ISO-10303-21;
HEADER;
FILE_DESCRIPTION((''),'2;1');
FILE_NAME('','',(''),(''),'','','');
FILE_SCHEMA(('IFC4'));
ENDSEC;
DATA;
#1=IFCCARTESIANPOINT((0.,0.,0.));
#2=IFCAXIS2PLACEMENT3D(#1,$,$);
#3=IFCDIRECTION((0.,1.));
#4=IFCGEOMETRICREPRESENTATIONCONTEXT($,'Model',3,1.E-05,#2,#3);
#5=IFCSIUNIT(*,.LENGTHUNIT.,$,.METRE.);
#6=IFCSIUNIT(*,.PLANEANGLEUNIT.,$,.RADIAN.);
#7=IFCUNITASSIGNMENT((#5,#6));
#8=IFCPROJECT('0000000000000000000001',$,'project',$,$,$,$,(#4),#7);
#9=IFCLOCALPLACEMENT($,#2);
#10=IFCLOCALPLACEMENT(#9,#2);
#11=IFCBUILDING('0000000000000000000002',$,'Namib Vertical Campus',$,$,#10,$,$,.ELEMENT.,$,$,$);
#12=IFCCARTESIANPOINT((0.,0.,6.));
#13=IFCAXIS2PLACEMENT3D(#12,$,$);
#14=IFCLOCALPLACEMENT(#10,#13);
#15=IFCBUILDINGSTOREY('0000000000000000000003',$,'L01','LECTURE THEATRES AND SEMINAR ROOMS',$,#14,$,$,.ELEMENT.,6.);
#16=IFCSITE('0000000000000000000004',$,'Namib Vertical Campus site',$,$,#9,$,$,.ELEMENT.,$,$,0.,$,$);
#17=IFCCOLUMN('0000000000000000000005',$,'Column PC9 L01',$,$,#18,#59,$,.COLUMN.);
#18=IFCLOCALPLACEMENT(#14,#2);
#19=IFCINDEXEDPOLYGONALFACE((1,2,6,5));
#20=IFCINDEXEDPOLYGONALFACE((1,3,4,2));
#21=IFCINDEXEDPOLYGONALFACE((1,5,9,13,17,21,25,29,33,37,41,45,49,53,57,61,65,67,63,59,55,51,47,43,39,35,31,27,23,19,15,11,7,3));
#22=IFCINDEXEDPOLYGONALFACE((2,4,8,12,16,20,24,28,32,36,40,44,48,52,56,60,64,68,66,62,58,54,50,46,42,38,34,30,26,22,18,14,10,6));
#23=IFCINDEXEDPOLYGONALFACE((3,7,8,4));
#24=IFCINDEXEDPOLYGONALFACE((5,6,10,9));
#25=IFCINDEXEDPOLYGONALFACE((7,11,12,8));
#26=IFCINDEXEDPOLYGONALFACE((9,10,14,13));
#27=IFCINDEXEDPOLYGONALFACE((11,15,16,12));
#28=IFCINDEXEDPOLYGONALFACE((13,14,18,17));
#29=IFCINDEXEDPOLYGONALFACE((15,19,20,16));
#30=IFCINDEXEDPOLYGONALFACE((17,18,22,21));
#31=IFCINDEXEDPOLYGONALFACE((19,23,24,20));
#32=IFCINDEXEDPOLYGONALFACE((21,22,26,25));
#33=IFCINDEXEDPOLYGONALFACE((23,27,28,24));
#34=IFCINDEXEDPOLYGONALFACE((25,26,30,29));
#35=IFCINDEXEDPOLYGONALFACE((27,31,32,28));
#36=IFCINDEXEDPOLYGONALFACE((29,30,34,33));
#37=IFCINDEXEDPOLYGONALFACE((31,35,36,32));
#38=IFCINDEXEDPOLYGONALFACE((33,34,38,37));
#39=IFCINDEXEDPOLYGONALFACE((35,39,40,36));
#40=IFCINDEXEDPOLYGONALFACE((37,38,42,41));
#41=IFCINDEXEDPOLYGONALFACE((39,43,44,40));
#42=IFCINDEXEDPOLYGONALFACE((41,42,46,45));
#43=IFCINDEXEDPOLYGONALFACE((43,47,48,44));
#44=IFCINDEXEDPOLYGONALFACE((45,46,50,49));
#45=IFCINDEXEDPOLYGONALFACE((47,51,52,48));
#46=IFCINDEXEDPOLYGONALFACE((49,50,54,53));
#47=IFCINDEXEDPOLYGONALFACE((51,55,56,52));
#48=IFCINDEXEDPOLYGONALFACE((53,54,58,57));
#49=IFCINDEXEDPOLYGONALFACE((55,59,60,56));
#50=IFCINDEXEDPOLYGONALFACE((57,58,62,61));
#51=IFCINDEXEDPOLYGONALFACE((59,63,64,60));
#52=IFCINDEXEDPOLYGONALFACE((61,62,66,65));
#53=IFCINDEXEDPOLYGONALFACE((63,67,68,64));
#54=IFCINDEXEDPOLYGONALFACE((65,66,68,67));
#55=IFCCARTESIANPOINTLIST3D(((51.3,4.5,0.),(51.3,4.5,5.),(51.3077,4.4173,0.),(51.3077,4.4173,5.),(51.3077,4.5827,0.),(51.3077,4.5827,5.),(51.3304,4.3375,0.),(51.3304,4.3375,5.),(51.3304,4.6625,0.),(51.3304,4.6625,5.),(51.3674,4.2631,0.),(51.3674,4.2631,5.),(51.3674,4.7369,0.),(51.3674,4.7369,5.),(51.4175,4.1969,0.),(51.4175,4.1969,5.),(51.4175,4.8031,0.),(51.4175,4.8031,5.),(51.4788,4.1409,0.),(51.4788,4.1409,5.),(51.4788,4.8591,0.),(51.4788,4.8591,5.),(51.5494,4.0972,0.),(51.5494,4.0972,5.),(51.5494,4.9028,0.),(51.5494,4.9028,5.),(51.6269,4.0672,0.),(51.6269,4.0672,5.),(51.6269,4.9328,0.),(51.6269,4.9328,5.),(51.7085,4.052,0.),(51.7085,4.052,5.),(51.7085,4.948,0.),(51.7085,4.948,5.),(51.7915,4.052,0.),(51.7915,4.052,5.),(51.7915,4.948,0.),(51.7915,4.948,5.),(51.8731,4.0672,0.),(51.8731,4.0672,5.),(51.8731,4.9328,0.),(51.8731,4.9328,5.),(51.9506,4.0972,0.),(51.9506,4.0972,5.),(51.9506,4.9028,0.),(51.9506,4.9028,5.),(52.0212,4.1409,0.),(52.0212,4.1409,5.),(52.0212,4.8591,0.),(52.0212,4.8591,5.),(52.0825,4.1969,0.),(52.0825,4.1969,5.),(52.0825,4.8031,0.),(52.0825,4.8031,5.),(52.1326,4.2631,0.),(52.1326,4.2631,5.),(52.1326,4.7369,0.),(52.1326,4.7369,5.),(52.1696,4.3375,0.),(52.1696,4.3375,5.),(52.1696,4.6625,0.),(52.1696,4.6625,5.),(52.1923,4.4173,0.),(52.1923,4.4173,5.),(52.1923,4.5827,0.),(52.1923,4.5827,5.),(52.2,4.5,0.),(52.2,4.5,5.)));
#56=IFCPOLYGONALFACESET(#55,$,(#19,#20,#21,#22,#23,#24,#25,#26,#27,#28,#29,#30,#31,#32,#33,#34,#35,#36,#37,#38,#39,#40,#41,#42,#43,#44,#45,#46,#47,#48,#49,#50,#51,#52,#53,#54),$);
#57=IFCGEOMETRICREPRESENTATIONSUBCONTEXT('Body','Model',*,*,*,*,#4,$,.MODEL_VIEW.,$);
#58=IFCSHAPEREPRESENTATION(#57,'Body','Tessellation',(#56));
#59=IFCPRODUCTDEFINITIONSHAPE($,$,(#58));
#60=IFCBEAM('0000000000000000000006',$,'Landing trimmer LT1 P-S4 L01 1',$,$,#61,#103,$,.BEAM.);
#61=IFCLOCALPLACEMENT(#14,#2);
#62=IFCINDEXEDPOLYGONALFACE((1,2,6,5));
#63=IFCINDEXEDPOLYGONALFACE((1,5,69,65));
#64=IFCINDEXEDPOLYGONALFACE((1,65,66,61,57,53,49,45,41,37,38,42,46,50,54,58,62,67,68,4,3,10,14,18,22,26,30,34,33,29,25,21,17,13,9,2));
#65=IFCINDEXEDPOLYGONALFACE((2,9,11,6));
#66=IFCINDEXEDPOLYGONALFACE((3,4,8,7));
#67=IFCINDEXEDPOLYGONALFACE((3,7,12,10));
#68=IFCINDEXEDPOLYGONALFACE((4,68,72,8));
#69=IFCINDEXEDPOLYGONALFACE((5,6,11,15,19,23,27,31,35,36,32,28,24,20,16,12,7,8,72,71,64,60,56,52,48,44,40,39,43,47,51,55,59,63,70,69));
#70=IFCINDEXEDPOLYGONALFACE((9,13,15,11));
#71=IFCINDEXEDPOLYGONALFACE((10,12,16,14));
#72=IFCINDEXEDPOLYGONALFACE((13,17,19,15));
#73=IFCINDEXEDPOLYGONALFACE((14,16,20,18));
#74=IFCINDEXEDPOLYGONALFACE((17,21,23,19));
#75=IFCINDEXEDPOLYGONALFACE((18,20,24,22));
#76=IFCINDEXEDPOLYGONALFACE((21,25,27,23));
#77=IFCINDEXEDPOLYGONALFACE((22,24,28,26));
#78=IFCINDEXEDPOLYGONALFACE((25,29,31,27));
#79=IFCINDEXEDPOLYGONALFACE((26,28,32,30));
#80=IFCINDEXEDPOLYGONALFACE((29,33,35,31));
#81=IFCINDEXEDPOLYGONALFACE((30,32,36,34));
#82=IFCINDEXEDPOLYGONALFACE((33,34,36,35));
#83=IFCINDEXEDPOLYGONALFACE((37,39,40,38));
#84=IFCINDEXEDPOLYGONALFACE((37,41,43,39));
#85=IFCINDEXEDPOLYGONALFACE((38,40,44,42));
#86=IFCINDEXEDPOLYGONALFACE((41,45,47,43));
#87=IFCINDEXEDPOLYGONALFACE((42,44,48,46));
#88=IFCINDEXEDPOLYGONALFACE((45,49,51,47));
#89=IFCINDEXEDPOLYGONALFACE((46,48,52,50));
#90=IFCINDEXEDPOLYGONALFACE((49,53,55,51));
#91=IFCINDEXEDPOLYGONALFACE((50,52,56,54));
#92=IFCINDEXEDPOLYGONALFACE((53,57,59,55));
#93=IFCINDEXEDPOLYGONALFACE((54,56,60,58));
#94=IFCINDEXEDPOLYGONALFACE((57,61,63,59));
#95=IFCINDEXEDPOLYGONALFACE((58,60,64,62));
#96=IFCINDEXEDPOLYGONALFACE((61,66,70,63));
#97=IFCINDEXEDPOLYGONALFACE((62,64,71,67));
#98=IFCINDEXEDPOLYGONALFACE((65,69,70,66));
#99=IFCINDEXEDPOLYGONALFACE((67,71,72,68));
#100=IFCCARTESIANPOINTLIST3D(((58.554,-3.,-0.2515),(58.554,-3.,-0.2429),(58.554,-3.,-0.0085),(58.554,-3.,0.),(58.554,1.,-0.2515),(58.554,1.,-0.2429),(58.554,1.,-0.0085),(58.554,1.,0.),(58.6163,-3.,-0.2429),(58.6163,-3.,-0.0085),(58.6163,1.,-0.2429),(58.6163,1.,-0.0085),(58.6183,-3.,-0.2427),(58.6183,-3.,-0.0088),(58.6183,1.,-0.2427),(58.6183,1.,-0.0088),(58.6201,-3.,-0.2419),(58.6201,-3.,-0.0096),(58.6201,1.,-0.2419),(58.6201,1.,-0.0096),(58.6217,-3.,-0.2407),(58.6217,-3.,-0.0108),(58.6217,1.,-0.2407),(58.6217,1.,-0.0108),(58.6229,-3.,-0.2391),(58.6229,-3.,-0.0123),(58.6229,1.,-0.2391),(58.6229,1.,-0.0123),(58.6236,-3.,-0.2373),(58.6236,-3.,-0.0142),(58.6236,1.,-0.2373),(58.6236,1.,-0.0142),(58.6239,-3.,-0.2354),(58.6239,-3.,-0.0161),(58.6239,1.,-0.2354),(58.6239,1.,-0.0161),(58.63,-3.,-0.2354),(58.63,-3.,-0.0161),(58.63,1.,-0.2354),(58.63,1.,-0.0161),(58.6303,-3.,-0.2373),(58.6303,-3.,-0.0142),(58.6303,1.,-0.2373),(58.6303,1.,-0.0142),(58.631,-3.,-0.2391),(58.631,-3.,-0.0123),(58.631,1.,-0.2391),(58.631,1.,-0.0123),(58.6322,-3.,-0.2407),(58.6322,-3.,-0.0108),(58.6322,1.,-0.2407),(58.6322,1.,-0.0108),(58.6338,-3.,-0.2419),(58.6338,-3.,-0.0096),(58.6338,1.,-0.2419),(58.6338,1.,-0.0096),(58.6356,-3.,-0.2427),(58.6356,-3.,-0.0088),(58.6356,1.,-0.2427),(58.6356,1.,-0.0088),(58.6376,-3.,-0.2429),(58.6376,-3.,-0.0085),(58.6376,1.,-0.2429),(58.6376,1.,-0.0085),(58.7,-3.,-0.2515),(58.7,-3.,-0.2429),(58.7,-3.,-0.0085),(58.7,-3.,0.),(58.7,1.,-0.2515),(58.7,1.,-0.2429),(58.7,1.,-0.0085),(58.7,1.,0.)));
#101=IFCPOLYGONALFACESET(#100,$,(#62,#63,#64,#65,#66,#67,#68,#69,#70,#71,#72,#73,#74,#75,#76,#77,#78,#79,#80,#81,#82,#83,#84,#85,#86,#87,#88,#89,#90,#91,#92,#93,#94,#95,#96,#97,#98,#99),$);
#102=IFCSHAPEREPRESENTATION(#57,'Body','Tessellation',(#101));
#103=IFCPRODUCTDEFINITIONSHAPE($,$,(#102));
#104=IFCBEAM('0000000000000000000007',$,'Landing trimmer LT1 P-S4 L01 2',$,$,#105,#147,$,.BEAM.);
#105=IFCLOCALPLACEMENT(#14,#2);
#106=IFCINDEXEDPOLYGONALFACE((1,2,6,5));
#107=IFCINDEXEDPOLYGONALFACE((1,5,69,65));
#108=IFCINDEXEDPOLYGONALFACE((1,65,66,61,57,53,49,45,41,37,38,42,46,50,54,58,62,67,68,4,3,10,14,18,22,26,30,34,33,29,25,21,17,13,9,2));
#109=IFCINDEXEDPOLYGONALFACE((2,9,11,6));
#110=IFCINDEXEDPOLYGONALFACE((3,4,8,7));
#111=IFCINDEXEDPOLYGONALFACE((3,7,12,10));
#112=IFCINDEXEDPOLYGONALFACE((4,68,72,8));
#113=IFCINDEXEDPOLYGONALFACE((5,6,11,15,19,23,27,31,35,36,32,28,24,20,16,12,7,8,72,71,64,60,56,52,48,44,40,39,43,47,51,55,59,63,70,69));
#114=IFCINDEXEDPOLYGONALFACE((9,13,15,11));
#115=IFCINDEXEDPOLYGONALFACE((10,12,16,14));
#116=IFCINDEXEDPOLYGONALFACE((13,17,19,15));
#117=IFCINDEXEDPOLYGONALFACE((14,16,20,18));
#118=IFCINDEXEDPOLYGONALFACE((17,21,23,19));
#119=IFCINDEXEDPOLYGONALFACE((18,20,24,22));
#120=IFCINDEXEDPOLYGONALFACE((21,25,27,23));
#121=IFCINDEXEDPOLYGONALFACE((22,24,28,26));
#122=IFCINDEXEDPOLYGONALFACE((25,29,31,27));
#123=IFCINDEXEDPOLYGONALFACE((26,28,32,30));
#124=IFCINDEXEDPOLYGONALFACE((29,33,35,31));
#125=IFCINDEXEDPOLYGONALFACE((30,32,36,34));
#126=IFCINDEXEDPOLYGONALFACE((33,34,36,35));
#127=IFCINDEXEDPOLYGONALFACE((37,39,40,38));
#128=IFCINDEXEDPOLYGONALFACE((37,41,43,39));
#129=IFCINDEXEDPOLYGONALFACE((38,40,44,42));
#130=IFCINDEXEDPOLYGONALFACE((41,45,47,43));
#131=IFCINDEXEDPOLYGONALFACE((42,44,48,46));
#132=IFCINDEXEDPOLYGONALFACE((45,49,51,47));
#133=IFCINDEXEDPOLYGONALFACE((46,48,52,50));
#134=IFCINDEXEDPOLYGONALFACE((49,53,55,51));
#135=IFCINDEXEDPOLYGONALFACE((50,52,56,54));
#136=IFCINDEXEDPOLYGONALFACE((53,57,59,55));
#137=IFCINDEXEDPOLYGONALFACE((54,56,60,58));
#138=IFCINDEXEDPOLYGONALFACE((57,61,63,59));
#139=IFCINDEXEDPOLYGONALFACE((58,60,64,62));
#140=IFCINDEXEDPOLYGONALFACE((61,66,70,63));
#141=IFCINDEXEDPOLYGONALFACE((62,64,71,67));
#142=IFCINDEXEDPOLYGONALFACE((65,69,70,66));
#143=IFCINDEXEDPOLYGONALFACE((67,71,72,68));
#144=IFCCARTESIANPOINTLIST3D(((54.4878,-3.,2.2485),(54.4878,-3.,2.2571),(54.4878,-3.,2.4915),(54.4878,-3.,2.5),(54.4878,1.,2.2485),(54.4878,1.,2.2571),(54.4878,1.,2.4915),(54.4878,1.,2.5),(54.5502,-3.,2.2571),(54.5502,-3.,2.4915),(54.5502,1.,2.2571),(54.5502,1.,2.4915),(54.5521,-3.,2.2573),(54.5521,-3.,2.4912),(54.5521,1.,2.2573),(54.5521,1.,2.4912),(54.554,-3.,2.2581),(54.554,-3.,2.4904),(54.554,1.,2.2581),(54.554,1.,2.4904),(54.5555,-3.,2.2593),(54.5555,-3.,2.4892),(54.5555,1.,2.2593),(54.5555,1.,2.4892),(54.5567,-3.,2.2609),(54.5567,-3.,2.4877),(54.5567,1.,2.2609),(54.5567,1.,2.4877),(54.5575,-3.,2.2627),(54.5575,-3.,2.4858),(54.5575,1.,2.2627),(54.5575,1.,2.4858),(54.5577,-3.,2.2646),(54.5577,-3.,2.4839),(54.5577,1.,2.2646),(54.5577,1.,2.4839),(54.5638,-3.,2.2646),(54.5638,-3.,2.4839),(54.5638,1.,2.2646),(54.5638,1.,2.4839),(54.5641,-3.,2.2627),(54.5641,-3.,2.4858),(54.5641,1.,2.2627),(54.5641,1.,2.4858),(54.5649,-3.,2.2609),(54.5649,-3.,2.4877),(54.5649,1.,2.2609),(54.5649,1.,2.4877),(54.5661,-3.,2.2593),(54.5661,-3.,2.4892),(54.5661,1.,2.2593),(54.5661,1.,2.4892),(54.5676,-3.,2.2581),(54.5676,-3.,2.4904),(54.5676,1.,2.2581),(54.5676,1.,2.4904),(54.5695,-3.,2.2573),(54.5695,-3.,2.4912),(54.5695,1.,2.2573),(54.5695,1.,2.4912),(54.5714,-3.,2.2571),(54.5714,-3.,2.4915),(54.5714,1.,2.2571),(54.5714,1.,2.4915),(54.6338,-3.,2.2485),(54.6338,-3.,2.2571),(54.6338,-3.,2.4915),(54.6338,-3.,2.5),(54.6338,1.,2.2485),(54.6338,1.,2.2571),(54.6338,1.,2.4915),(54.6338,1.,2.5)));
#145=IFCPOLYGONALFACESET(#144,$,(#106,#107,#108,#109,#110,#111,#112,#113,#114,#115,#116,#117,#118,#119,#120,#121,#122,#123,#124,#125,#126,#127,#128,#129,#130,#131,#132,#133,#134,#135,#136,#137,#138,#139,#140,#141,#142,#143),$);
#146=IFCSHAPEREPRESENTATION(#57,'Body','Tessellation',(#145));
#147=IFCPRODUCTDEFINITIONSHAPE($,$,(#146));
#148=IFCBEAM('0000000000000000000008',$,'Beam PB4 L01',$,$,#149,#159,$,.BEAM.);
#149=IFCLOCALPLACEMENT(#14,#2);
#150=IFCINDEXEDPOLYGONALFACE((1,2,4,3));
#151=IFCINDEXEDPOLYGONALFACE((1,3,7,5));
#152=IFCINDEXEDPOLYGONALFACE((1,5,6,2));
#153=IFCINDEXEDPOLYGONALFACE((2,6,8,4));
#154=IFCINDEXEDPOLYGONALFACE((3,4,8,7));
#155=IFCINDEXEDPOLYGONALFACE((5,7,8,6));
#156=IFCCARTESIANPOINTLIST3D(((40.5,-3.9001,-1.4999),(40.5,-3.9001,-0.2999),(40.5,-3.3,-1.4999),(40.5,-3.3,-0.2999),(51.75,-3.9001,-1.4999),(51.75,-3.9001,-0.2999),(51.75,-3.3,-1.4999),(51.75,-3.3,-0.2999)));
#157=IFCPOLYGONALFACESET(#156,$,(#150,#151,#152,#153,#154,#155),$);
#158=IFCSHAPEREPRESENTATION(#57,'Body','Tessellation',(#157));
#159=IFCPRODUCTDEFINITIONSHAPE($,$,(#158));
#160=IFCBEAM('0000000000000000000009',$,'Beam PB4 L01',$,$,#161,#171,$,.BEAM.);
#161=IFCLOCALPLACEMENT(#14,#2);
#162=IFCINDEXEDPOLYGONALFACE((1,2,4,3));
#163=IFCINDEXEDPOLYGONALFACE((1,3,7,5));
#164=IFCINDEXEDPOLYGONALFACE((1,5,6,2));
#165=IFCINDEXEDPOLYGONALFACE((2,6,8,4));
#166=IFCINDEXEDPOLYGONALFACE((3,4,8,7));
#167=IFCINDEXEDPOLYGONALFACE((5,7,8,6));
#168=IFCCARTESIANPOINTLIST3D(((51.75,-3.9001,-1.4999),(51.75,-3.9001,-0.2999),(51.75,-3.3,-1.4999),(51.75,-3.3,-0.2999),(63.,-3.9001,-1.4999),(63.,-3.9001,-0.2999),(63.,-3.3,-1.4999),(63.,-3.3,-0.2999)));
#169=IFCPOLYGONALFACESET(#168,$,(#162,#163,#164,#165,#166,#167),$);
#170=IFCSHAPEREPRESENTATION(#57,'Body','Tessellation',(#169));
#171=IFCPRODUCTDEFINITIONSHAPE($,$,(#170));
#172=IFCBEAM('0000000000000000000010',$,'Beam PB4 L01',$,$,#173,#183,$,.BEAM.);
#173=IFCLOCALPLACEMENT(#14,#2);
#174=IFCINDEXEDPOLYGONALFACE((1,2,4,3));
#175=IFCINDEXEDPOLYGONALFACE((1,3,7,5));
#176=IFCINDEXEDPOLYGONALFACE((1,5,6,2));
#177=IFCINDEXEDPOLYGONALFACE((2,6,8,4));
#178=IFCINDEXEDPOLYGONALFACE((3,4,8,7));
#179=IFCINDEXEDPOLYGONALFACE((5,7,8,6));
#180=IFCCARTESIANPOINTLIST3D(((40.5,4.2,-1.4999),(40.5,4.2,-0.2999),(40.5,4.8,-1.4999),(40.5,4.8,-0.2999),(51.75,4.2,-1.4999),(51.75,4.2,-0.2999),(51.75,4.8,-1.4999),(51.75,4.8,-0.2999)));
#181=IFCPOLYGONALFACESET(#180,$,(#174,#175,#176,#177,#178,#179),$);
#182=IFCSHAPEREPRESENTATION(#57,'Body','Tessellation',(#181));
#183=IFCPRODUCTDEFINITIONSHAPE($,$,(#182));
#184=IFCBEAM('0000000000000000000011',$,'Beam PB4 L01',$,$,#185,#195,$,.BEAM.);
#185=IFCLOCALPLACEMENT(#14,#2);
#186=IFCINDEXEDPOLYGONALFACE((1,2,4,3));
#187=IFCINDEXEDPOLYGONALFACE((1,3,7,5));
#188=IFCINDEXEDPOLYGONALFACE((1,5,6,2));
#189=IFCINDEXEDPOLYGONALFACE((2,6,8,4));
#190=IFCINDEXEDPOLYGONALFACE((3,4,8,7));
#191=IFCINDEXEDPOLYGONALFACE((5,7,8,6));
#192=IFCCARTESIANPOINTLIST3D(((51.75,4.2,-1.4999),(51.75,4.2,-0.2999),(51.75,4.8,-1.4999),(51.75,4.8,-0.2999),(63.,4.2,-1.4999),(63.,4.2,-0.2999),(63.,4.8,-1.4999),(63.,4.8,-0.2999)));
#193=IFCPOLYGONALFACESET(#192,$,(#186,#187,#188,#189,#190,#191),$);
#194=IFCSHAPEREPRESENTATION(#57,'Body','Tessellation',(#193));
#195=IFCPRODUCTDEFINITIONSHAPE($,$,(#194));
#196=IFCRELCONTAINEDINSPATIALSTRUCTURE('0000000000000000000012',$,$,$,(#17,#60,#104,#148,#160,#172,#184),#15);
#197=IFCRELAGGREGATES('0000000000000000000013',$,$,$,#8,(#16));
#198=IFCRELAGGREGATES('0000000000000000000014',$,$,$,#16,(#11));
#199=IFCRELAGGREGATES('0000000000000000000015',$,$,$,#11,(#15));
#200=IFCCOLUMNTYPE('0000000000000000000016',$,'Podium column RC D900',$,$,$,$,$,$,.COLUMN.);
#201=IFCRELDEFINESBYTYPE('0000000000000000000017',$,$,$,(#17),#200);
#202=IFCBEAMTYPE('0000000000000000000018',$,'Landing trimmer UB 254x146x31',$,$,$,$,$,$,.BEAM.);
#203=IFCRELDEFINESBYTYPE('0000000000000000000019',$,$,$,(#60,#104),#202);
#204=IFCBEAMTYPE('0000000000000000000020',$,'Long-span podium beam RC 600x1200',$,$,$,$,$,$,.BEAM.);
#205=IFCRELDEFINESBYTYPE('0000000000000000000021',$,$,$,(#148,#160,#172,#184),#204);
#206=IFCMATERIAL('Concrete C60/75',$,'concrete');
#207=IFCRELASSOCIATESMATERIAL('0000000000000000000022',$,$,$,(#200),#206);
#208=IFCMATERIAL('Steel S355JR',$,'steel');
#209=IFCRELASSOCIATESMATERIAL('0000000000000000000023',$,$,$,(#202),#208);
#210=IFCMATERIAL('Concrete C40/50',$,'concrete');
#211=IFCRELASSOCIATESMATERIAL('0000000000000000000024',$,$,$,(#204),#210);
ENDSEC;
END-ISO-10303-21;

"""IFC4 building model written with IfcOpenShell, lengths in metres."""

from ifc_helpers import new_model, si_unit, direction, frame, origin, origin_2d, place, context, subcontext, project, spatial, rectangle, circle, i_section, extrude, material, material_profile, profile_set, type_object, element, save


model = new_model("IFC4")

# Units and contexts
model_context = context("Model", 3, precision=1e-05, world=origin(), true_north=direction((0.0, 1.0)))
body_context = subcontext(model_context, "Body", "Model", "MODEL_VIEW")
ifc_project = project(units=[si_unit("LENGTHUNIT", "METRE"), si_unit("PLANEANGLEUNIT", "RADIAN")], contexts=[model_context])

# Site, building, storey
site_placement = place(None, origin())
site = spatial("IfcSite", under=ifc_project, at=site_placement, Name="Namib Vertical Campus site", CompositionType="ELEMENT", RefElevation=0.0)
building_placement = place(site_placement, origin())
building = spatial("IfcBuilding", under=site, at=building_placement, Name="Namib Vertical Campus", CompositionType="ELEMENT")
storey_placement = place(building_placement, frame((0.0, 0.0, 6.0)))
storey = spatial("IfcBuildingStorey", under=building, at=storey_placement, Name="L01", Description="LECTURE THEATRES AND SEMINAR ROOMS", CompositionType="ELEMENT", Elevation=6.0)

# Column
ifc_material_1 = material(Name="Concrete C60/75", Category="concrete")
ifc_material_profile_1 = material_profile(ifc_material_1, circle(Radius=0.45, at=origin_2d()))
ifc_profile_set_1 = profile_set([ifc_material_profile_1], Name="Concrete C60/75")
column_type_1 = type_object("IfcColumnType", Name="Podium column RC D900", PredefinedType="COLUMN", material=ifc_profile_set_1)
for number, where, z_axis, x_axis, name in (
    (1, (51.75, 4.5, 0.0), (0.0, 0.0, 1.0), (1.0, 0.0, 0.0), "Column PC9 L01"),
):
    element("IfcColumn", number, at=place(storey_placement, frame(where, z_axis=z_axis, x_axis=x_axis)), inside=storey, type_object=column_type_1, Name=name, PredefinedType="COLUMN", context=body_context, shape_type="SweptSolid", body=[
        extrude(circle(Radius=0.45, at=origin_2d()), origin(), (0.0, 0.0, 1.0), 5.0),
    ])

# Beams
ifc_material_2 = material(Name="Steel S355JR", Category="steel")
ifc_material_profile_2 = material_profile(ifc_material_2, i_section(OverallWidth=0.146, OverallDepth=0.2515, WebThickness=0.0061, FlangeThickness=0.0085, FilletRadius=0.0076, at=origin_2d()))
ifc_profile_set_2 = profile_set([ifc_material_profile_2], Name="Steel S355JR")
beam_type_1 = type_object("IfcBeamType", Name="Landing trimmer UB 254x146x31", PredefinedType="BEAM", material=ifc_profile_set_2)
for number, where, z_axis, x_axis, name in (
    (2, (58.627, -3.0, -0.1257), (0.0, 1.0, 0.0), (-1.0, 0.0, 0.0), "Landing trimmer LT1 P-S4 L01 1"),
    (3, (54.5608, -3.0, 2.3743), (0.0, 1.0, 0.0), (-1.0, 0.0, 0.0), "Landing trimmer LT1 P-S4 L01 2"),
):
    element("IfcBeam", number, at=place(storey_placement, frame(where, z_axis=z_axis, x_axis=x_axis)), inside=storey, type_object=beam_type_1, Name=name, PredefinedType="BEAM", context=body_context, shape_type="SweptSolid", body=[
        extrude(i_section(OverallWidth=0.146, OverallDepth=0.2515, WebThickness=0.0061, FlangeThickness=0.0085, FilletRadius=0.0076, at=origin_2d()), origin(), (0.0, 0.0, 1.0), 4.0),
    ])
ifc_material_3 = material(Name="Concrete C40/50", Category="concrete")
ifc_material_profile_3 = material_profile(ifc_material_3, rectangle(XDim=0.6001, YDim=1.2, at=origin_2d()))
ifc_profile_set_3 = profile_set([ifc_material_profile_3], Name="Concrete C40/50")
beam_type_2 = type_object("IfcBeamType", Name="Long-span podium beam RC 600x1200", PredefinedType="BEAM", material=ifc_profile_set_3)
for number, where, z_axis, x_axis, name in (
    (4, (40.5, -3.6001, -0.8999), (1.0, 0.0, 0.0), (0.0, 1.0, 0.0), "Beam PB4 L01"),
    (5, (51.75, -3.6001, -0.8999), (1.0, 0.0, 0.0), (0.0, 1.0, 0.0), "Beam PB4 L01"),
    (6, (40.5, 4.5, -0.8999), (1.0, 0.0, 0.0), (0.0, 1.0, 0.0), "Beam PB4 L01"),
    (7, (51.75, 4.5, -0.8999), (1.0, 0.0, 0.0), (0.0, 1.0, 0.0), "Beam PB4 L01"),
):
    element("IfcBeam", number, at=place(storey_placement, frame(where, z_axis=z_axis, x_axis=x_axis)), inside=storey, type_object=beam_type_2, Name=name, PredefinedType="BEAM", context=body_context, shape_type="SweptSolid", body=[
        extrude(rectangle(XDim=0.6001, YDim=1.2, at=origin_2d()), origin(), (0.0, 0.0, 1.0), 11.25),
    ])

save(model, "model.ifc")
